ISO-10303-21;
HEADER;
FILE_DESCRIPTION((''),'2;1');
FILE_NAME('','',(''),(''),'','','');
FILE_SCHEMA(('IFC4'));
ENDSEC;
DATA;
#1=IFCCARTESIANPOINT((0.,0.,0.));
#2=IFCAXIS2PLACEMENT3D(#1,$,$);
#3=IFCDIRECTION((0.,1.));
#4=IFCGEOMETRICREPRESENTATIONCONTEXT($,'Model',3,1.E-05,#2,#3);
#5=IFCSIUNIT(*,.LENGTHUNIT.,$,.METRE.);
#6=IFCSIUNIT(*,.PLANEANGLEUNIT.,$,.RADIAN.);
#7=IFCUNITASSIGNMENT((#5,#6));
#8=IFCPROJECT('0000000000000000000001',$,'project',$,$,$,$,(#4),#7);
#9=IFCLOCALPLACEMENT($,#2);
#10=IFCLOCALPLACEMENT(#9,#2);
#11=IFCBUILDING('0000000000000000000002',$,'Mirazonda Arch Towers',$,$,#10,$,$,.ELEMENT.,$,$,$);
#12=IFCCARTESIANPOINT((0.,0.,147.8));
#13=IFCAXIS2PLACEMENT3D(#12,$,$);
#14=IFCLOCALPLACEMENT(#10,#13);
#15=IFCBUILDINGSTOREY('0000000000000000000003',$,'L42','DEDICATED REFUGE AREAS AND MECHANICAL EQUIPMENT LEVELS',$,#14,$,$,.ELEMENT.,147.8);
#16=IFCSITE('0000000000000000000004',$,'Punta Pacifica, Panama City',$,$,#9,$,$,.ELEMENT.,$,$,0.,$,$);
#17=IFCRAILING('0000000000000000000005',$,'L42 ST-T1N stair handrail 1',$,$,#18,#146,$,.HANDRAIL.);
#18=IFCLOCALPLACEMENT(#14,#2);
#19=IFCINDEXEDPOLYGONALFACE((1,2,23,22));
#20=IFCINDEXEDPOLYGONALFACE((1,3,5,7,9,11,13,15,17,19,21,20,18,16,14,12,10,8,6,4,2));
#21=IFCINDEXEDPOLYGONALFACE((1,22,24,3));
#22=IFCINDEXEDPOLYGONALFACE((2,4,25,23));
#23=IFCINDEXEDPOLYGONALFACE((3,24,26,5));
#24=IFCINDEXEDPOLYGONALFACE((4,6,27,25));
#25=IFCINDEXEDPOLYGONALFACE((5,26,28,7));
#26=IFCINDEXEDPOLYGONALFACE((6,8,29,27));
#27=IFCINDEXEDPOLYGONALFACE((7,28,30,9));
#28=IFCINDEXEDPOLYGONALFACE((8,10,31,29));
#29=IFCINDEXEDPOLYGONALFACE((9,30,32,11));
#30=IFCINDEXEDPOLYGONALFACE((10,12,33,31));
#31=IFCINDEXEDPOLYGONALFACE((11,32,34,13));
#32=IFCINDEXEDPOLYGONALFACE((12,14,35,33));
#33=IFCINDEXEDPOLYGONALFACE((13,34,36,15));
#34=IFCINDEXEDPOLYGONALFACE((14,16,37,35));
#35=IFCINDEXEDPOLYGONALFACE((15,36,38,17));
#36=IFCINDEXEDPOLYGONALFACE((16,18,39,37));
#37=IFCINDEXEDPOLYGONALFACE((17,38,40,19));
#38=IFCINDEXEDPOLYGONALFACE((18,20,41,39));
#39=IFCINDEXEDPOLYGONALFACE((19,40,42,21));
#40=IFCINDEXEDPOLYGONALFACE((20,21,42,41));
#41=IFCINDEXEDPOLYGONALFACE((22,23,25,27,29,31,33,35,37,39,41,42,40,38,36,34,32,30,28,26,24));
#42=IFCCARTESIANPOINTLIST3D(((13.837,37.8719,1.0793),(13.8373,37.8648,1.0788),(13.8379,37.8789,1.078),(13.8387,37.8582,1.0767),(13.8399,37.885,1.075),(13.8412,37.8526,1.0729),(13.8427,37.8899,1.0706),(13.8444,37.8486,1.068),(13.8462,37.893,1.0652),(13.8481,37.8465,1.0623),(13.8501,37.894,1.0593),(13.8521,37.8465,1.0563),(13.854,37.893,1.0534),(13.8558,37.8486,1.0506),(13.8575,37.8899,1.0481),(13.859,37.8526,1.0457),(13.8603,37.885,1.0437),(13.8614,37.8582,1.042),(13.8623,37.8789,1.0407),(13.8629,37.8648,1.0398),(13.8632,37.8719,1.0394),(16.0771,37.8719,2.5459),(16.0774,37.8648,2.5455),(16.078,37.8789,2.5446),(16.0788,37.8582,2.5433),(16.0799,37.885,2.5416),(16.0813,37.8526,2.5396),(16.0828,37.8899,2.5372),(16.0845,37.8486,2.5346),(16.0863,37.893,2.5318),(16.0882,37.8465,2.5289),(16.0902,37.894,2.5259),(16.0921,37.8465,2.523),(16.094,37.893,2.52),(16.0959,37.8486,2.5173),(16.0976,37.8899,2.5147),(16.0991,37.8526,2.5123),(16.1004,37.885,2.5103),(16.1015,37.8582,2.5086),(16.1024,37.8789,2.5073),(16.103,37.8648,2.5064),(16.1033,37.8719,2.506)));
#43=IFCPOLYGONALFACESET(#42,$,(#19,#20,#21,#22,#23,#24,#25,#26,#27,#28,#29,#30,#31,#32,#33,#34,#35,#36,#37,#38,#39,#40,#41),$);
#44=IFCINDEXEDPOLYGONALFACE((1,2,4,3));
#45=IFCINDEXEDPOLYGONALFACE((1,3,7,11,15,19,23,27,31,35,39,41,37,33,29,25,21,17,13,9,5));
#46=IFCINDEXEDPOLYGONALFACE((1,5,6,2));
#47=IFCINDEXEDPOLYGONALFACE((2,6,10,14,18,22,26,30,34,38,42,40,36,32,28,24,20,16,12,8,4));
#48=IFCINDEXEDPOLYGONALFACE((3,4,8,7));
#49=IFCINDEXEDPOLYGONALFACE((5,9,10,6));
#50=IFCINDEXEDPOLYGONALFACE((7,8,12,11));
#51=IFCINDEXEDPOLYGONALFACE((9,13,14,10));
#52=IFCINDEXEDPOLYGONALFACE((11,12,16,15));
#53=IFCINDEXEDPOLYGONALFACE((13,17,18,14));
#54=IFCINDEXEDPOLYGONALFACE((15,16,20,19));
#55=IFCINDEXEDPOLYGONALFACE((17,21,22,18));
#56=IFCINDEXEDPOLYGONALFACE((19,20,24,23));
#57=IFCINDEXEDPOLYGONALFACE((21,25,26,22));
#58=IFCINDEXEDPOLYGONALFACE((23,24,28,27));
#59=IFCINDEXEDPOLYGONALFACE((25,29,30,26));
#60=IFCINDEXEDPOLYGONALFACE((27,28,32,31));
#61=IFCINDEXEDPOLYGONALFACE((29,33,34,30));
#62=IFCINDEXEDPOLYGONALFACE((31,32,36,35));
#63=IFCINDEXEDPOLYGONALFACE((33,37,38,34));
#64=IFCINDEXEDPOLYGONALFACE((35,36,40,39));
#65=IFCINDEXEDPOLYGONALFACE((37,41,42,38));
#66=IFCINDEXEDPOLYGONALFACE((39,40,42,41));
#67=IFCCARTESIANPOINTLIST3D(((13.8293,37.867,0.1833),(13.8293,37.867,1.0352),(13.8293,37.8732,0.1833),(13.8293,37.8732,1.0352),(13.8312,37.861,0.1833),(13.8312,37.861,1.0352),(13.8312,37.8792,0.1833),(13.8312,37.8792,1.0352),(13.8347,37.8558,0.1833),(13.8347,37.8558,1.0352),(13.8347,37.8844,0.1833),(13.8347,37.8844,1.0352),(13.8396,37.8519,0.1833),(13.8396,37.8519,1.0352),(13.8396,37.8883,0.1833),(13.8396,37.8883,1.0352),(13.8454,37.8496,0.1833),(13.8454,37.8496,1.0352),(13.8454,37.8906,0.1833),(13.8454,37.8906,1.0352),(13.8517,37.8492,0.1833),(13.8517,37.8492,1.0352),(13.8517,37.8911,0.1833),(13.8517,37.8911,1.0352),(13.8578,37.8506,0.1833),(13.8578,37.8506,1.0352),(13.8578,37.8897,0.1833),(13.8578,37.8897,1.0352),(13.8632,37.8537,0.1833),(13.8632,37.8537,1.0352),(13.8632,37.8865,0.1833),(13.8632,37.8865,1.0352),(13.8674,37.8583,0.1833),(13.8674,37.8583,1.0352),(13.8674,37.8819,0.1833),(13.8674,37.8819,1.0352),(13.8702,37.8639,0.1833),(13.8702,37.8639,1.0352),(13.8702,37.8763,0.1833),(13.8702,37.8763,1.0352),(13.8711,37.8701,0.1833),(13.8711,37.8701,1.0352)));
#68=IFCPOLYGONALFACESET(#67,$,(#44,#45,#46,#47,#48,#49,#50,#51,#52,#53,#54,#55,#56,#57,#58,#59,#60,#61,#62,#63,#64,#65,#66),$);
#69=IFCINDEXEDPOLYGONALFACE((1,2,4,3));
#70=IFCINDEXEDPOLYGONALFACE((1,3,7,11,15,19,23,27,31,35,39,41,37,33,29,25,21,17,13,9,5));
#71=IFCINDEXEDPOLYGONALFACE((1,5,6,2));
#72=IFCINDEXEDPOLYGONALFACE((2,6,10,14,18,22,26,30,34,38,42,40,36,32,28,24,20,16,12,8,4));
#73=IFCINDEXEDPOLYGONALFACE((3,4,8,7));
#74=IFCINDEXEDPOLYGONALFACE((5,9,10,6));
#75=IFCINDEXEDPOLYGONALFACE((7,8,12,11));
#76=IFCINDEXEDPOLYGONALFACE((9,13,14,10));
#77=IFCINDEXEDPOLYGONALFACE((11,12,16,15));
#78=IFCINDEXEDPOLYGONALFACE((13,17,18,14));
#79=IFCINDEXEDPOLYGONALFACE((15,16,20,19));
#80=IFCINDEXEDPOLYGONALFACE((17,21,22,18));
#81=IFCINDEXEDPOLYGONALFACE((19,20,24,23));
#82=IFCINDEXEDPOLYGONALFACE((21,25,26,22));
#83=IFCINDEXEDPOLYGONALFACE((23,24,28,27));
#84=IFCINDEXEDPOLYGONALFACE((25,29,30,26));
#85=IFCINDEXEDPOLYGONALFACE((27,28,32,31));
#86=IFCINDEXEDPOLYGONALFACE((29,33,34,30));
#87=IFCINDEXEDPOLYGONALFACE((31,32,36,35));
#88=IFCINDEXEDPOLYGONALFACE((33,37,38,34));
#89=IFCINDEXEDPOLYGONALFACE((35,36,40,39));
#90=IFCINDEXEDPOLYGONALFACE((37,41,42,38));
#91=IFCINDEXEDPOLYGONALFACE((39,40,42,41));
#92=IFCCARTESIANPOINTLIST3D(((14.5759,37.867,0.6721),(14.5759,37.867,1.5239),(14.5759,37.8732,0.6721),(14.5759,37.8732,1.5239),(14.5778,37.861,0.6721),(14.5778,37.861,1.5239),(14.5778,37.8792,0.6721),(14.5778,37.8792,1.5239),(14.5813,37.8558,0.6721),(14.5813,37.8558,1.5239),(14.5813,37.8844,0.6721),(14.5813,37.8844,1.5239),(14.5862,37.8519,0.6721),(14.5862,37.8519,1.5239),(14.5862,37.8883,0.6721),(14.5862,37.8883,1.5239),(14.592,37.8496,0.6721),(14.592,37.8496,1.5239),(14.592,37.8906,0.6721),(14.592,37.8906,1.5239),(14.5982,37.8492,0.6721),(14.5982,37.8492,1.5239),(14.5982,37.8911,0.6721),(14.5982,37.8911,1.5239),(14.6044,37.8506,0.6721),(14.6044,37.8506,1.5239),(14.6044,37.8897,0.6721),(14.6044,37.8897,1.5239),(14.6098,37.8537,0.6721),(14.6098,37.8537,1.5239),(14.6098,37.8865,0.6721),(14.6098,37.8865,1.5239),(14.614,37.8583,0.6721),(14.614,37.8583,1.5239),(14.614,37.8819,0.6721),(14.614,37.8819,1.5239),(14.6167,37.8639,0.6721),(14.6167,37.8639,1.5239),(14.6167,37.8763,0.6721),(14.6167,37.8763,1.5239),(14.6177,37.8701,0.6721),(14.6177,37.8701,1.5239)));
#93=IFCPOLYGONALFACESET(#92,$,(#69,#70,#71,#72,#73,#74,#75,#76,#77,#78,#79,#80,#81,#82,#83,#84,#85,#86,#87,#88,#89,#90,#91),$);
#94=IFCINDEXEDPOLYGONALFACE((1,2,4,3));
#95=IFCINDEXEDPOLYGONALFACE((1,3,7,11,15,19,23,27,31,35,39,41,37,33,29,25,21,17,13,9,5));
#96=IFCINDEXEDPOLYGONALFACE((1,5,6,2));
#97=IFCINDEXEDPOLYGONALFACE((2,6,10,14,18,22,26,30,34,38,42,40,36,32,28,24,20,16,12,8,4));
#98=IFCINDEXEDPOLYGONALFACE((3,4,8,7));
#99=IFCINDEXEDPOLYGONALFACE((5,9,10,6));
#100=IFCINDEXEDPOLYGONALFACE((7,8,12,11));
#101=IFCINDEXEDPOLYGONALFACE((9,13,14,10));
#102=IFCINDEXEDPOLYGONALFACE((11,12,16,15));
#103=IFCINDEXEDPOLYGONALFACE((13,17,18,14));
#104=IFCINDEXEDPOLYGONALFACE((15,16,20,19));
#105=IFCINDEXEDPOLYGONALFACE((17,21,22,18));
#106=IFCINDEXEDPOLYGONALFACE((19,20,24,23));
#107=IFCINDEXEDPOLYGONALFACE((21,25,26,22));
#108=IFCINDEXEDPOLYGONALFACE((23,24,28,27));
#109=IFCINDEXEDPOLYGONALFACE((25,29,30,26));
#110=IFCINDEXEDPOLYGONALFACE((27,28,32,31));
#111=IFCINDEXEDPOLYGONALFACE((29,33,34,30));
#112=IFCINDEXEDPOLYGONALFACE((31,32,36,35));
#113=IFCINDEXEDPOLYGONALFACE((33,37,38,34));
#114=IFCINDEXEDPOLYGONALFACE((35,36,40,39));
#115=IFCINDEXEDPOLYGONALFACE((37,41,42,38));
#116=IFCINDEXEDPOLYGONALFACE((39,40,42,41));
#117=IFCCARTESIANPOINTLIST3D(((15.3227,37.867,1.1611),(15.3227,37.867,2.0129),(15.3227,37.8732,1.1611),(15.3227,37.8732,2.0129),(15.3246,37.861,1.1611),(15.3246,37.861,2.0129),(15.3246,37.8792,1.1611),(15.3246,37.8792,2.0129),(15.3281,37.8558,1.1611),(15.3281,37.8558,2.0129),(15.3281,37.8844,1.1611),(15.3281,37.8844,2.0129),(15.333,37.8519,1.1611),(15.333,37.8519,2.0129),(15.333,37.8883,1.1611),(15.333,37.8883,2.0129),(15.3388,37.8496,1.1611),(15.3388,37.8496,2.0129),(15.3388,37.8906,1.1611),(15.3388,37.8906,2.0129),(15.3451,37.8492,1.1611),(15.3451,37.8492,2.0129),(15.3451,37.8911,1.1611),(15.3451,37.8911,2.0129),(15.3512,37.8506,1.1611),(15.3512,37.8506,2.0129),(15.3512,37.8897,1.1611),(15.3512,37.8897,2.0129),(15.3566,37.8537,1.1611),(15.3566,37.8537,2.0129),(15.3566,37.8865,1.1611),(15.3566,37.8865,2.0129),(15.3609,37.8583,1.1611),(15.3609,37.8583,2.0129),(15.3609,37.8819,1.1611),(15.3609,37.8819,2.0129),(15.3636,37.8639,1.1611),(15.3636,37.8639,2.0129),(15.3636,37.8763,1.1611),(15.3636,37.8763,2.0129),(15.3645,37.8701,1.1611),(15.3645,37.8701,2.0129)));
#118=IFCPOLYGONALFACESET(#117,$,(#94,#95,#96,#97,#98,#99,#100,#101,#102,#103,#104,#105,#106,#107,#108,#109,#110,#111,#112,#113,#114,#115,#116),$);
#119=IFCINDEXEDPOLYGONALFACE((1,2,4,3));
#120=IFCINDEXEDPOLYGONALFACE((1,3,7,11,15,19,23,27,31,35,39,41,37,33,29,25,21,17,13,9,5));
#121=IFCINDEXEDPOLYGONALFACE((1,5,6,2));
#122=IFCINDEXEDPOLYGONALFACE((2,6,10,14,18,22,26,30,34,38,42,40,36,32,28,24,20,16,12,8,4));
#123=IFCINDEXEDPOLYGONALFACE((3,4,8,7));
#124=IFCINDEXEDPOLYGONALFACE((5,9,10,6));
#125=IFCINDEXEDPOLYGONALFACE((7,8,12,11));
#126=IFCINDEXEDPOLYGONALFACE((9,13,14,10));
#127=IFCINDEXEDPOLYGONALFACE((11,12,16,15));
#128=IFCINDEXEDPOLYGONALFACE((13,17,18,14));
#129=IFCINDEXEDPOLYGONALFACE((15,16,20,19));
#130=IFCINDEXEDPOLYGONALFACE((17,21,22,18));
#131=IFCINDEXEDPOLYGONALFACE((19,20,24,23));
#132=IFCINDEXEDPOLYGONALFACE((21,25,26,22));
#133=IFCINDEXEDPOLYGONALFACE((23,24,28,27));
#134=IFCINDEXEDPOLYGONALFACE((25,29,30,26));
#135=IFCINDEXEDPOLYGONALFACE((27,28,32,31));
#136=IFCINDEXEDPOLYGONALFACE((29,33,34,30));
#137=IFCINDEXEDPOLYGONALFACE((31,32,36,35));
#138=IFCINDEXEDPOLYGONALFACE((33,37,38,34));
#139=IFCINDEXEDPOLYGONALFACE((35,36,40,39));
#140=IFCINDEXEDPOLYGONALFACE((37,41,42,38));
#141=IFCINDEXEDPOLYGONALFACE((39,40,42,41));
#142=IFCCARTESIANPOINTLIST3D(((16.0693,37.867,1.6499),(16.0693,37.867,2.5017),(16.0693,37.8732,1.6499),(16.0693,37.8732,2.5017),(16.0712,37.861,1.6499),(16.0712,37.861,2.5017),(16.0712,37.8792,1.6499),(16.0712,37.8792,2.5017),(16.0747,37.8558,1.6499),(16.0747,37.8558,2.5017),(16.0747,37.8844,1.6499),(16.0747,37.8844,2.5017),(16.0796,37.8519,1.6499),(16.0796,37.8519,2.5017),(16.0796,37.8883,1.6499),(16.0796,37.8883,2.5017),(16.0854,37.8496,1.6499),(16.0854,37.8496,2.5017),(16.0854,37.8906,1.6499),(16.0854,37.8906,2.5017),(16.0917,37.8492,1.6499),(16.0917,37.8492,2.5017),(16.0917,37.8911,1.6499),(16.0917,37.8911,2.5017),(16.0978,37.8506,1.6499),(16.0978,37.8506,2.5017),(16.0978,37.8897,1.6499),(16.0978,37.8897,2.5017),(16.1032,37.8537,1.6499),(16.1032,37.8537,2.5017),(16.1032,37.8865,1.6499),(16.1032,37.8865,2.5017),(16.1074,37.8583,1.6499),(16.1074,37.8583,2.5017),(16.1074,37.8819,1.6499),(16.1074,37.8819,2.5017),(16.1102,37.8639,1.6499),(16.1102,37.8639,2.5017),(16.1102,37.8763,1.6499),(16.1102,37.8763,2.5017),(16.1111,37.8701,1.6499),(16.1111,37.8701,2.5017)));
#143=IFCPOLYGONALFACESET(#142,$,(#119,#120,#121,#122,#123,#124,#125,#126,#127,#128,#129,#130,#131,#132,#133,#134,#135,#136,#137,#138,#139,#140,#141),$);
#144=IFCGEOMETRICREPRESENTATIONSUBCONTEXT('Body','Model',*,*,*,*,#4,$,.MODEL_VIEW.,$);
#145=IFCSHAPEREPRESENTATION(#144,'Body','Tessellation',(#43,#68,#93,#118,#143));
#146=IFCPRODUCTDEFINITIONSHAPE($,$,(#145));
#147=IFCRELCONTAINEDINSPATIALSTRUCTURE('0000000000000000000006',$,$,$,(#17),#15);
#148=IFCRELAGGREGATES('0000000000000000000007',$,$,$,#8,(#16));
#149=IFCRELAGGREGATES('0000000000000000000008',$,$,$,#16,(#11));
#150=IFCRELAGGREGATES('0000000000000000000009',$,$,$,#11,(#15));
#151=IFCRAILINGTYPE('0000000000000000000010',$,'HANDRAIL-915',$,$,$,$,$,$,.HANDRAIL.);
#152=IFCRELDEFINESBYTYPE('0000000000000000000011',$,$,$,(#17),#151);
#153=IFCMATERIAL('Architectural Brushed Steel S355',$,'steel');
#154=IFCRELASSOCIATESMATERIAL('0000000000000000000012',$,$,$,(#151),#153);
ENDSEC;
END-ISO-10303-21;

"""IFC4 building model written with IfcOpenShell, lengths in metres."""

from ifc_helpers import new_model, si_unit, direction, frame, origin, origin_2d, place, context, subcontext, project, spatial, circle, extrude, material, type_object, element, save


model = new_model("IFC4")

# Units and contexts
model_context = context("Model", 3, precision=1e-05, world=origin(), true_north=direction((0.0, 1.0)))
body_context = subcontext(model_context, "Body", "Model", "MODEL_VIEW")
ifc_project = project(units=[si_unit("LENGTHUNIT", "METRE"), si_unit("PLANEANGLEUNIT", "RADIAN")], contexts=[model_context])

# Site, building, storey
site_placement = place(None, origin())
site = spatial("IfcSite", under=ifc_project, at=site_placement, Name="Punta Pacifica, Panama City", CompositionType="ELEMENT", RefElevation=0.0)
building_placement = place(site_placement, origin())
building = spatial("IfcBuilding", under=site, at=building_placement, Name="Mirazonda Arch Towers", CompositionType="ELEMENT")
storey_placement = place(building_placement, frame((0.0, 0.0, 147.8)))
storey = spatial("IfcBuildingStorey", under=building, at=storey_placement, Name="L42", Description="DEDICATED REFUGE AREAS AND MECHANICAL EQUIPMENT LEVELS", CompositionType="ELEMENT", Elevation=147.8)

# Shared definitions
ifc_material_1 = material(Name="Architectural Brushed Steel S355", Category="steel")

# Railing
railing_type_1 = type_object("IfcRailingType", Name="HANDRAIL-915", PredefinedType="HANDRAIL", material=ifc_material_1)
for number, where, name in (
    (1, (13.8501, 37.8701, 0.1833), "L42 ST-T1N stair handrail 1"),
):
    element("IfcRailing", number, at=place(storey_placement, frame(where)), inside=storey, type_object=railing_type_1, Name=name, PredefinedType="HANDRAIL", context=body_context, shape_type="SweptSolid", body=[
        extrude(circle(Radius=0.0239, at=origin_2d()), frame((0.0, 0.0, 0.876), z_axis=(0.836637, 0.0, 0.547758), x_axis=(0.0, 1.0, 0.0)), (0.0, 0.0, 1.0), 2.6775),
        extrude(circle(Radius=0.021, at=origin_2d()), origin(), (0.0, 0.0, 1.0), 0.8518),
        extrude(circle(Radius=0.021, at=origin_2d()), frame((0.7466, 0.0, 0.4888)), (0.0, 0.0, 1.0), 0.8518),
        extrude(circle(Radius=0.021, at=origin_2d()), frame((1.4934, 0.0, 0.9778)), (0.0, 0.0, 1.0), 0.8518),
        extrude(circle(Radius=0.021, at=origin_2d()), frame((2.24, 0.0, 1.4666)), (0.0, 0.0, 1.0), 0.8518),
    ])

save(model, "model.ifc")
